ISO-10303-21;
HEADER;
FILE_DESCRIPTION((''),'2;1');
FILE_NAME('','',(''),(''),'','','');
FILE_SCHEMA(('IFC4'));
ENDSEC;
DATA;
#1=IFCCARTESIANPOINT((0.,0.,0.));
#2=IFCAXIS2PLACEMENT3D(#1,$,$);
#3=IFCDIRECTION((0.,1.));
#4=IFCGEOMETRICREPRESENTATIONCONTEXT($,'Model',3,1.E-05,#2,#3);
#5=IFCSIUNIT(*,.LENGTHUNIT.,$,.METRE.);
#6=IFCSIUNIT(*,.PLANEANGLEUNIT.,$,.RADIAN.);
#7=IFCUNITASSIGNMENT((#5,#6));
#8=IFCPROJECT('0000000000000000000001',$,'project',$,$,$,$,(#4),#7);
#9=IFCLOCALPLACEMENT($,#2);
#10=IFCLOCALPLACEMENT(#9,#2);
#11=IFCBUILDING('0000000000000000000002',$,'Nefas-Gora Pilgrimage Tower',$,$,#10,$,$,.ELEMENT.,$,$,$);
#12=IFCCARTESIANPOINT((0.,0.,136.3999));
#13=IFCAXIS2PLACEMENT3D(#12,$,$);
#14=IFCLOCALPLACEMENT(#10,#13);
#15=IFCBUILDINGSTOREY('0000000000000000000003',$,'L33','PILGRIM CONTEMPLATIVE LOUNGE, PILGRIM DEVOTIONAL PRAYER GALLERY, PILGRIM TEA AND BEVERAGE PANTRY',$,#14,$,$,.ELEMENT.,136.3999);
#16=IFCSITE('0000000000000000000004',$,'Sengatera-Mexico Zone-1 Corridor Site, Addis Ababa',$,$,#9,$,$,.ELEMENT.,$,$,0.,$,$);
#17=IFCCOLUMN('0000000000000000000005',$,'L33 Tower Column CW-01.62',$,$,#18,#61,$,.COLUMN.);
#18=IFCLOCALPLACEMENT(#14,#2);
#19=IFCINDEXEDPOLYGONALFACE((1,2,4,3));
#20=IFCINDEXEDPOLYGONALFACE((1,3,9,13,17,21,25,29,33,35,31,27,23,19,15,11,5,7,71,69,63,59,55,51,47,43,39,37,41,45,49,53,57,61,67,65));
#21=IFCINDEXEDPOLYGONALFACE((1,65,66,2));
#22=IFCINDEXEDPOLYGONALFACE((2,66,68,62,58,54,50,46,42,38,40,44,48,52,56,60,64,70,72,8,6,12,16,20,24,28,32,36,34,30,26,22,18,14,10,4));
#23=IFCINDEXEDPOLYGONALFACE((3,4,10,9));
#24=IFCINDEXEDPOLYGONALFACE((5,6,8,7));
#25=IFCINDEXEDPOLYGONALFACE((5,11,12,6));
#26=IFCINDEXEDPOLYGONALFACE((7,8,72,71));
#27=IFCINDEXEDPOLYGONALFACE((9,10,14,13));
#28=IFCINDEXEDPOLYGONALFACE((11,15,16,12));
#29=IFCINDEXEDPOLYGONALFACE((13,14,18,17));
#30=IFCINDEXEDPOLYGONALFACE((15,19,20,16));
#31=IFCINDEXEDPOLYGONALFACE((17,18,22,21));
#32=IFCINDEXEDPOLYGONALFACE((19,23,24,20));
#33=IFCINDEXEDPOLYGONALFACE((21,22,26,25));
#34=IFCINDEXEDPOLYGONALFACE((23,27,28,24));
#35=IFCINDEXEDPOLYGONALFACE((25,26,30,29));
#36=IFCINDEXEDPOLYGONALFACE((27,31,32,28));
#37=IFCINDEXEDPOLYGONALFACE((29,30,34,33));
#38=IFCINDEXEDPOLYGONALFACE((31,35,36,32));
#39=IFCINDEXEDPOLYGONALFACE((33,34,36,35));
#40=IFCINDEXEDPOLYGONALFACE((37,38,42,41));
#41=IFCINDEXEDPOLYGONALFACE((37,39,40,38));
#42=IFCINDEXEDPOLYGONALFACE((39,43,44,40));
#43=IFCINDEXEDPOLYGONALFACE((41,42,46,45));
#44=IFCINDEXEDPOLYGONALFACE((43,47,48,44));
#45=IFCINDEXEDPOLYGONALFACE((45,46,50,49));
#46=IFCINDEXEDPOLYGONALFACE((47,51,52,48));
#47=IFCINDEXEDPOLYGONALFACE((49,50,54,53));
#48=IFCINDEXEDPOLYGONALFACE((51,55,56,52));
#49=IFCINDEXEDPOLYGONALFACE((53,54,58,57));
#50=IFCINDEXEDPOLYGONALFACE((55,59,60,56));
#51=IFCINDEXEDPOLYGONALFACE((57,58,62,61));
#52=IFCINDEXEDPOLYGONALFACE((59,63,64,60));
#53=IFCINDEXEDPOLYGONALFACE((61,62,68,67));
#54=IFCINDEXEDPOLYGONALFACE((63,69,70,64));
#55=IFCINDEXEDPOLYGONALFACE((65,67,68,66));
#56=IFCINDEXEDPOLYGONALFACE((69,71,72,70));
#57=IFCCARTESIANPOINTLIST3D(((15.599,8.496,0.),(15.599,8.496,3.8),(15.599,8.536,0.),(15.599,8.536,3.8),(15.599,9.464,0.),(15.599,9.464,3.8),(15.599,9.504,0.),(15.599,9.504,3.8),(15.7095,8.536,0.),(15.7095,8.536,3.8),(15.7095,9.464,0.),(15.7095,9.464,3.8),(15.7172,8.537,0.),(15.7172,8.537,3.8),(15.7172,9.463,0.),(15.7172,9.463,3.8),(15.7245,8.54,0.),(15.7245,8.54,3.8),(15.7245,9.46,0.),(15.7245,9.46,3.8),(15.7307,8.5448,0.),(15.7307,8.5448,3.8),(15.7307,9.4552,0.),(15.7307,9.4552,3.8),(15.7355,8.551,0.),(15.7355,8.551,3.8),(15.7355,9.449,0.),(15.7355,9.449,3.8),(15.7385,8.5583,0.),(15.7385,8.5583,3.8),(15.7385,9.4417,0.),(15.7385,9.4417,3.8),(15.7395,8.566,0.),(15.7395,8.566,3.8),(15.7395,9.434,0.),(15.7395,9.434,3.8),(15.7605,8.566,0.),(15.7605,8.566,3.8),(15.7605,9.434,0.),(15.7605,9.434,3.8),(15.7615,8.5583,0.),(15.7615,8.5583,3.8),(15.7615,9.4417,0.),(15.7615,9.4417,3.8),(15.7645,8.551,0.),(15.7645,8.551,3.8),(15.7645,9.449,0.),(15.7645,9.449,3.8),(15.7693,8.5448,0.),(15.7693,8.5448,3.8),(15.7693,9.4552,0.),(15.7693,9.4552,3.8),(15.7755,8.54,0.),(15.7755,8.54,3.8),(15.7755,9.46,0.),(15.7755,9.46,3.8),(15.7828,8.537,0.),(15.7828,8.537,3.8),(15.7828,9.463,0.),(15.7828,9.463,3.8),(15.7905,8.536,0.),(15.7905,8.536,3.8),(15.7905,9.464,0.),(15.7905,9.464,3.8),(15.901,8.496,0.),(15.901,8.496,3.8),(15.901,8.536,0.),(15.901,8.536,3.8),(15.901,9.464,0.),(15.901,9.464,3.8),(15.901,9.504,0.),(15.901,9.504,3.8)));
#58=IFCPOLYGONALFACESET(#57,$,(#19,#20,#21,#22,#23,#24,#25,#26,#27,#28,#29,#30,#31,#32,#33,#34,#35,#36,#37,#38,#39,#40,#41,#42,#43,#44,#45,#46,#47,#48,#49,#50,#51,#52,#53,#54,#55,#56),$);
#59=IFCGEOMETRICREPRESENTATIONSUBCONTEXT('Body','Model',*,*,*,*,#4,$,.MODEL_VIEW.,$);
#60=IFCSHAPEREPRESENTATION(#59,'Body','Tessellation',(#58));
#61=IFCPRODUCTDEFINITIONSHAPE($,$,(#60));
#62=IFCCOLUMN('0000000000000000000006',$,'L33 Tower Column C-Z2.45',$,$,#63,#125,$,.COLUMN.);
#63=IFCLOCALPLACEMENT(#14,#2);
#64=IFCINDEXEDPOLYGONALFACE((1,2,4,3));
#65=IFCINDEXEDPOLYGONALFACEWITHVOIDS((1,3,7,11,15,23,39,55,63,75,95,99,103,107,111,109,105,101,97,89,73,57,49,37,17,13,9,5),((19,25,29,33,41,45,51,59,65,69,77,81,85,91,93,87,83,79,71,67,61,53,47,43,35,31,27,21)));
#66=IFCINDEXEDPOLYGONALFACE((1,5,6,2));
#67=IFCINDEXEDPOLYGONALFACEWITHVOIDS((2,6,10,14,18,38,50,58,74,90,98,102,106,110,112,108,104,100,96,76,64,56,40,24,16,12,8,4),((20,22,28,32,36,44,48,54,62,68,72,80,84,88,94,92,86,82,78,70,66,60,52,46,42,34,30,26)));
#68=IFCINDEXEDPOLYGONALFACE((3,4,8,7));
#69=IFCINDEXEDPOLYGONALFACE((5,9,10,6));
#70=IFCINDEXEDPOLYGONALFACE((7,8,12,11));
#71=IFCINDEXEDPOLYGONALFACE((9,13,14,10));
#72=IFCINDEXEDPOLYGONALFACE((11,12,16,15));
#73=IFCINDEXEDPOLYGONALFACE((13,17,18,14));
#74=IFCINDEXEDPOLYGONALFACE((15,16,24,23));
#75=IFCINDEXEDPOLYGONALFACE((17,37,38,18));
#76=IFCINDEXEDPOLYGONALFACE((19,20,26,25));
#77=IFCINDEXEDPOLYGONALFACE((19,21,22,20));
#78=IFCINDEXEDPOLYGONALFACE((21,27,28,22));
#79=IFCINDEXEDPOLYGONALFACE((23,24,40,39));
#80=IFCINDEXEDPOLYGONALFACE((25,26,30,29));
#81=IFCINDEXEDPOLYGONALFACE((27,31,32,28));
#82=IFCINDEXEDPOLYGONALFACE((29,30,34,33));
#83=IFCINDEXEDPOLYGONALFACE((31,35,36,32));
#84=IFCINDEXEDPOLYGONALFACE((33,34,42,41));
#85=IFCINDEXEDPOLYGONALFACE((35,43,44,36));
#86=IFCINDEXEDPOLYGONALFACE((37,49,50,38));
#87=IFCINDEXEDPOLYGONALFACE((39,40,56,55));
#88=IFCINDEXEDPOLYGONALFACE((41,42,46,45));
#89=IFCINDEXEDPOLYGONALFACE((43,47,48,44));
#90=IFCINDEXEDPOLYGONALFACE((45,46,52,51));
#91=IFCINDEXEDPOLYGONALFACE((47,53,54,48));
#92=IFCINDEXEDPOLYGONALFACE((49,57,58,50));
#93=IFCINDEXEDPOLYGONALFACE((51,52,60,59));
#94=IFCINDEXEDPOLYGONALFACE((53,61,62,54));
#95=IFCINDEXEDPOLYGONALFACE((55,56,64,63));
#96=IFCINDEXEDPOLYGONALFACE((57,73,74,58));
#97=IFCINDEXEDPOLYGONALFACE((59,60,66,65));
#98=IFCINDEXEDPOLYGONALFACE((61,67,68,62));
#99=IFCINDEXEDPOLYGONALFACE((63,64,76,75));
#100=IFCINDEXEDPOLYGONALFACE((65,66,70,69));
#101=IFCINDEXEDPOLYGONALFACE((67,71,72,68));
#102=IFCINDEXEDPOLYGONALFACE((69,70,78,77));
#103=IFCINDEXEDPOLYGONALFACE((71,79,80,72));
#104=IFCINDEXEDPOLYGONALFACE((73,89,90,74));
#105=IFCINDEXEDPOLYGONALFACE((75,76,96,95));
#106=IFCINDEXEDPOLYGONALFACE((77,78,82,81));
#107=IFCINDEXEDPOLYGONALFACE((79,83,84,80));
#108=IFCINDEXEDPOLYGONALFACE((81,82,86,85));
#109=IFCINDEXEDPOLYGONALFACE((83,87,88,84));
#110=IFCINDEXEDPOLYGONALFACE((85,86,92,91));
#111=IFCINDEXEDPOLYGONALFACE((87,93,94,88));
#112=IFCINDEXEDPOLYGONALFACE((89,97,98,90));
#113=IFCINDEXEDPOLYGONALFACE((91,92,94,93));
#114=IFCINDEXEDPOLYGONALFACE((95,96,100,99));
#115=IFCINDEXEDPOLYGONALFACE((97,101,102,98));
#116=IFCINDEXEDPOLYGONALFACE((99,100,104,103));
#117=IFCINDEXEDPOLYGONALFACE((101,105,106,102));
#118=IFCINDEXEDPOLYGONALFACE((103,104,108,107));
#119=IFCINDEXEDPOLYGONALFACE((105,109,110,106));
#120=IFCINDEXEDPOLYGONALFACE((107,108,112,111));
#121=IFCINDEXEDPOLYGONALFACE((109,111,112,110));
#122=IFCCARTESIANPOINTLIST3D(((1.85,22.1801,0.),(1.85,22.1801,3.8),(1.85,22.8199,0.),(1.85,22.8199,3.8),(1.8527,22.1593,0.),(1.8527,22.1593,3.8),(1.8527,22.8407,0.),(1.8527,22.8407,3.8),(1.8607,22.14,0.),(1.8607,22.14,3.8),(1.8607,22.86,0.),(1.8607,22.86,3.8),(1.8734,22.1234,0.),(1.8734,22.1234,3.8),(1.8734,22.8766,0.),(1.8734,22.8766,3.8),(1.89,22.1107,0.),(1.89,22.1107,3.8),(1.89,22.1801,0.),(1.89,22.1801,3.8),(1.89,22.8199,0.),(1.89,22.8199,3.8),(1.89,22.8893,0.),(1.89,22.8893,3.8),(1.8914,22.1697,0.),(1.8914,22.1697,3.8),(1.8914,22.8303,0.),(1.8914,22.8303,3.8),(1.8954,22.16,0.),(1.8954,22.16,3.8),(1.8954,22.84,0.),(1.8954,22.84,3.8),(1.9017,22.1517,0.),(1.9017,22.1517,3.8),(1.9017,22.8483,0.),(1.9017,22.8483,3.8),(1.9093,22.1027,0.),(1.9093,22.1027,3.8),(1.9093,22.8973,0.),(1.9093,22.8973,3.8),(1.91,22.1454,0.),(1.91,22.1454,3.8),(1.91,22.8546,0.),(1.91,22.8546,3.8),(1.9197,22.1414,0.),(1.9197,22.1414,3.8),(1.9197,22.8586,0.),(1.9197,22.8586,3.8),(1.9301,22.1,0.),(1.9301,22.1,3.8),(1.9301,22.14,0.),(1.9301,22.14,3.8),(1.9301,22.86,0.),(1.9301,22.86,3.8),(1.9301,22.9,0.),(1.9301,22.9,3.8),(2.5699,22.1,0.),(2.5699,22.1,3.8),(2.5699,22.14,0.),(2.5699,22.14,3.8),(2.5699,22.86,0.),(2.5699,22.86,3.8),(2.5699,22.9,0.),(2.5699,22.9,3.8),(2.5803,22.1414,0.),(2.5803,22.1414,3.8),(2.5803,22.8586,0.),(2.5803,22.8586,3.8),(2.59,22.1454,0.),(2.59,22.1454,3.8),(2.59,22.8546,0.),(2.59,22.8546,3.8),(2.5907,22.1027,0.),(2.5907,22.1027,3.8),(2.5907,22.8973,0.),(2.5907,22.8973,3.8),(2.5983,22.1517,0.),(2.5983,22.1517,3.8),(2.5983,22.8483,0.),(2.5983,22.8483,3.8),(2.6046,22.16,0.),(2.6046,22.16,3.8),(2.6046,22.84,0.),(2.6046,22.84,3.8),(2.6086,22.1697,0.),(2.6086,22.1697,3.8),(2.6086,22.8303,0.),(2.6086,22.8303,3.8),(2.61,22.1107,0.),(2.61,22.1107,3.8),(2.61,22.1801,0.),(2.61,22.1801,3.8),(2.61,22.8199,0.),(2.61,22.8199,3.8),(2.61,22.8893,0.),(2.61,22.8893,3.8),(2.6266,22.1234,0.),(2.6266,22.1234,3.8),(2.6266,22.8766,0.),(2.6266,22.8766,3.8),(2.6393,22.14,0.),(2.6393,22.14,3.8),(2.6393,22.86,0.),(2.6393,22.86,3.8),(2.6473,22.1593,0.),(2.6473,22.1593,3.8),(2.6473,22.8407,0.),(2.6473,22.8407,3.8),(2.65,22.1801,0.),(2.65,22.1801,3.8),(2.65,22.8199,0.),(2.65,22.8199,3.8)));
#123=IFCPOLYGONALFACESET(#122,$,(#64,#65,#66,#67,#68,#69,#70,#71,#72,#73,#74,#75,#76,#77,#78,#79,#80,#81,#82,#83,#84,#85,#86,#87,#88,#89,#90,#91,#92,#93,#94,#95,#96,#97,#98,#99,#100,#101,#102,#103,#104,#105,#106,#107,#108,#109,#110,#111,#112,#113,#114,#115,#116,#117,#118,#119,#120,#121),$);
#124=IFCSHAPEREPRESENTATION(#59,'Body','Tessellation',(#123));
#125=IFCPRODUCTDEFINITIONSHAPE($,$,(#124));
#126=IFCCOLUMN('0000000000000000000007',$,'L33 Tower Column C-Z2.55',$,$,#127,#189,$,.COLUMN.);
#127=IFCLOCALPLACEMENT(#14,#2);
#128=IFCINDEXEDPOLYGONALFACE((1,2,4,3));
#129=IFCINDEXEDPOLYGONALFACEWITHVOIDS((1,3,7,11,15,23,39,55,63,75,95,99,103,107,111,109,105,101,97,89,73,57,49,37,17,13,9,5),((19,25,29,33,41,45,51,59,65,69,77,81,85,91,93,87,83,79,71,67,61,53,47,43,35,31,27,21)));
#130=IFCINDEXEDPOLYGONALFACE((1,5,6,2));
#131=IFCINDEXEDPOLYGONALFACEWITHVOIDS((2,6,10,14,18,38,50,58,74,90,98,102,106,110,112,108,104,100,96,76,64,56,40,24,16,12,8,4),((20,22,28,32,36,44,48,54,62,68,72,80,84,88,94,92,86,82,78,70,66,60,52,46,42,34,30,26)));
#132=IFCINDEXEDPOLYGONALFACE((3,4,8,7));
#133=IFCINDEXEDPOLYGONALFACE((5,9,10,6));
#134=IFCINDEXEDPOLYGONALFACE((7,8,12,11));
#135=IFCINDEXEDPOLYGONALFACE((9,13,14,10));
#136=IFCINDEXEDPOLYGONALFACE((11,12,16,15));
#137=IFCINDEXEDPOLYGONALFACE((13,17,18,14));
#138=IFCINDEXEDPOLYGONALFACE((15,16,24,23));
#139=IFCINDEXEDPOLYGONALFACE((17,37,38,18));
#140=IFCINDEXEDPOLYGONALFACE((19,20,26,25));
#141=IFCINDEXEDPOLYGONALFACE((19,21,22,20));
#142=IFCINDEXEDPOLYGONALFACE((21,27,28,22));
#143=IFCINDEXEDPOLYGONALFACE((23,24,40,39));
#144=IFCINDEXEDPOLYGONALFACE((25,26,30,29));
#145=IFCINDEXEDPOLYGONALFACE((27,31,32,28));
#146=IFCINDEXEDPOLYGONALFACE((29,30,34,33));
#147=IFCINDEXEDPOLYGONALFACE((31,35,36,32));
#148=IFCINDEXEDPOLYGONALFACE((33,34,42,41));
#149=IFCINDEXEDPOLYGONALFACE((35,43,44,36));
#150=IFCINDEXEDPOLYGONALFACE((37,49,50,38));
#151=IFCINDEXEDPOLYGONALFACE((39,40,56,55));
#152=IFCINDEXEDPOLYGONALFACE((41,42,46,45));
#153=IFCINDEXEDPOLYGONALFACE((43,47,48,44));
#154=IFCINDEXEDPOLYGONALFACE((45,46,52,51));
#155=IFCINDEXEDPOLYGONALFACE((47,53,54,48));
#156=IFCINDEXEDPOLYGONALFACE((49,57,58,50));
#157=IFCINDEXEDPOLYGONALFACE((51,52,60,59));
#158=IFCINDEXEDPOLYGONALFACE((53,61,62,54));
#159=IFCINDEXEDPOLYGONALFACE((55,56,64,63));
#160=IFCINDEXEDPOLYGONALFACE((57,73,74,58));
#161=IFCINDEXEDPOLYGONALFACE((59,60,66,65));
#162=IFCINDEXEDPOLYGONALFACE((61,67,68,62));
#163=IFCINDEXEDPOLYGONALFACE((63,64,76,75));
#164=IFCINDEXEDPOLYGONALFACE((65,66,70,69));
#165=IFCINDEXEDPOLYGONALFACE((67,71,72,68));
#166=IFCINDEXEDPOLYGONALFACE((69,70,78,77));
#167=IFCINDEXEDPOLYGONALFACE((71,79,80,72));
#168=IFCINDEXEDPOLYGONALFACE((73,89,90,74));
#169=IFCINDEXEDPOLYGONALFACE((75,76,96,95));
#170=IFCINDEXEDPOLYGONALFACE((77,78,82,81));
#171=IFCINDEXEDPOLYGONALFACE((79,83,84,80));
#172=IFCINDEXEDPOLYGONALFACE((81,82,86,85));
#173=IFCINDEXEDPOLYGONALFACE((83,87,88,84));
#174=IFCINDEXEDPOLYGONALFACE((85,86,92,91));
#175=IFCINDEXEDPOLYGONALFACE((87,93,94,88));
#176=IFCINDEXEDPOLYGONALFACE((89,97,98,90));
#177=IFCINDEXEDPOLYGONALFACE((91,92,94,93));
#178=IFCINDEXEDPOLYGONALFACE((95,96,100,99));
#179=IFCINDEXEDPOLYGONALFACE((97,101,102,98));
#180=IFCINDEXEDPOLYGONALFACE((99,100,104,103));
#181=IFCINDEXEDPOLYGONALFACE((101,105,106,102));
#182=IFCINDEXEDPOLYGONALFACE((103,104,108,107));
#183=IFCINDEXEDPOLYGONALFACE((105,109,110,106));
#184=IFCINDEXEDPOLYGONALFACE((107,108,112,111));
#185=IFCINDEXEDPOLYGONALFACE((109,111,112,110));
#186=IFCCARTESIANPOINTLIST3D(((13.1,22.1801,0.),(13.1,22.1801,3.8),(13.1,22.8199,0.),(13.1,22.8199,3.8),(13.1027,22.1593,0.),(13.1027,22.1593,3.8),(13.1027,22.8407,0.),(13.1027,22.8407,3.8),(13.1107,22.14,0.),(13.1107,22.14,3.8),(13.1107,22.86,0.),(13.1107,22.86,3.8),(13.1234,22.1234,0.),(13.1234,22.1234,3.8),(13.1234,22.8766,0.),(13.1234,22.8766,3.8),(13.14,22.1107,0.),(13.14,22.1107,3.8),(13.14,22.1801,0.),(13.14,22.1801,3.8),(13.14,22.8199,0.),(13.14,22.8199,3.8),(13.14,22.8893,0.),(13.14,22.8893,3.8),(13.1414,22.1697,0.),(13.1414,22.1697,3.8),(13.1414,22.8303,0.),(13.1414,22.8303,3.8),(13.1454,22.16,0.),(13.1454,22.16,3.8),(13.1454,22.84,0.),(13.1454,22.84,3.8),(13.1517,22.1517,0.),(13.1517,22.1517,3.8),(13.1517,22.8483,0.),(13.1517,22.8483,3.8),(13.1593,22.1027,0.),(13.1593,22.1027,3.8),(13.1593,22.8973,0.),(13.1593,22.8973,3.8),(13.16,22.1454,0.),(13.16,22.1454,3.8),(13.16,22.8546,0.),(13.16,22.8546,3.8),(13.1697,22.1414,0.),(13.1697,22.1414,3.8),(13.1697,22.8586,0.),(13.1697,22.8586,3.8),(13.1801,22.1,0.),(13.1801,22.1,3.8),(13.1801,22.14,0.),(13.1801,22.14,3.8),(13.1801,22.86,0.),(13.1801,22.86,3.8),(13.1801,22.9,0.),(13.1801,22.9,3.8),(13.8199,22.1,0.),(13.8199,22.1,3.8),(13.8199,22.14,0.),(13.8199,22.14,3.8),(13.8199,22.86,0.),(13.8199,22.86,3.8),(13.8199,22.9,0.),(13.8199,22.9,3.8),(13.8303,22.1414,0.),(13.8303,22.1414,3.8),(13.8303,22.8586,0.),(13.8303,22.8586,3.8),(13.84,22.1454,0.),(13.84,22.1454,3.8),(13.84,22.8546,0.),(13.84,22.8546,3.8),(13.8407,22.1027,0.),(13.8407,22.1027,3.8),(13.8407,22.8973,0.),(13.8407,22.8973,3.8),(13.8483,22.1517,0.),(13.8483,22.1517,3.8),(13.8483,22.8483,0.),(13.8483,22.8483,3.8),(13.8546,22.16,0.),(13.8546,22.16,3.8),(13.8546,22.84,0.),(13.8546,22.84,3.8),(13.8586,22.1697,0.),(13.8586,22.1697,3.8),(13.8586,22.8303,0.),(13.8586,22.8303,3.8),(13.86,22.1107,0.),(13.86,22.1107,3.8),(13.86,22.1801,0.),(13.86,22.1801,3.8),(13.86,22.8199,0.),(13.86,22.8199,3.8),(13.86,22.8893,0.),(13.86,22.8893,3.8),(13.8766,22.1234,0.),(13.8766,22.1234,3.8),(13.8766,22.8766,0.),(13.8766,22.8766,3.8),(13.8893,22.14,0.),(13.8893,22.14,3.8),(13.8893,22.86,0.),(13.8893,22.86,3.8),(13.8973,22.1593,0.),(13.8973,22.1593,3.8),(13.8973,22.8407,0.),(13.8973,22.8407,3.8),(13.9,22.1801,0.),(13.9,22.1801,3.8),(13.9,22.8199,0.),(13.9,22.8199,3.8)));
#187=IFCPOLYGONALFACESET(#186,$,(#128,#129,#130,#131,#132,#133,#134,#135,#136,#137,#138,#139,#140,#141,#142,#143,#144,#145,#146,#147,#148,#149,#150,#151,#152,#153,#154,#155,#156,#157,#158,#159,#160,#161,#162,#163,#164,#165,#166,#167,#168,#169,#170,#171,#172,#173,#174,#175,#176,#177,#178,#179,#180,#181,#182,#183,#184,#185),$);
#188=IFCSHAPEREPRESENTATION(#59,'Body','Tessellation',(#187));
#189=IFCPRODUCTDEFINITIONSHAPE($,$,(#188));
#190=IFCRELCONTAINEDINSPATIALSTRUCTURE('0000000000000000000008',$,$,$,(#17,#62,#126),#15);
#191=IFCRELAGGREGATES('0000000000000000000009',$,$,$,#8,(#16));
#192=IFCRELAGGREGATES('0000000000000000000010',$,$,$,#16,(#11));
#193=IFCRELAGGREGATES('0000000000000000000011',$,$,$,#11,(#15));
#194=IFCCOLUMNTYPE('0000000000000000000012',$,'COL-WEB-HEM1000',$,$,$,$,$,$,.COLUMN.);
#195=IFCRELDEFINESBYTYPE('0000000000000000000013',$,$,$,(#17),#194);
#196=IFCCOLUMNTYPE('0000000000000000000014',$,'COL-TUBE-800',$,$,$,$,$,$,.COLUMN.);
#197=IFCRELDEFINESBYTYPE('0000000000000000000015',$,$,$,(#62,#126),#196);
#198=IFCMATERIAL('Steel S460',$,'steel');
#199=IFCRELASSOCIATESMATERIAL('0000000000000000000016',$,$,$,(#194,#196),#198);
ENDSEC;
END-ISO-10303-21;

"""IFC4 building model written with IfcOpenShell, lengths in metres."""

from ifc_helpers import new_model, si_unit, direction, frame, origin, origin_2d, place, context, subcontext, project, spatial, hollow_rectangle, i_section, extrude, source, transform, mapped, material, material_profile, profile_set, type_object, element, save


model = new_model("IFC4")

# Units and contexts
model_context = context("Model", 3, precision=1e-05, world=origin(), true_north=direction((0.0, 1.0)))
body_context = subcontext(model_context, "Body", "Model", "MODEL_VIEW")
ifc_project = project(units=[si_unit("LENGTHUNIT", "METRE"), si_unit("PLANEANGLEUNIT", "RADIAN")], contexts=[model_context])

# Site, building, storey
site_placement = place(None, origin())
site = spatial("IfcSite", under=ifc_project, at=site_placement, Name="Sengatera-Mexico Zone-1 Corridor Site, Addis Ababa", CompositionType="ELEMENT", RefElevation=0.0)
building_placement = place(site_placement, origin())
building = spatial("IfcBuilding", under=site, at=building_placement, Name="Nefas-Gora Pilgrimage Tower", CompositionType="ELEMENT")
storey_placement = place(building_placement, frame((0.0, 0.0, 136.3999)))
storey = spatial("IfcBuildingStorey", under=building, at=storey_placement, Name="L33", Description="PILGRIM CONTEMPLATIVE LOUNGE, PILGRIM DEVOTIONAL PRAYER GALLERY, PILGRIM TEA AND BEVERAGE PANTRY", CompositionType="ELEMENT", Elevation=136.3999)

# Columns
ifc_material_1 = material(Name="Steel S460", Category="steel")
ifc_material_profile_1 = material_profile(ifc_material_1, i_section(OverallWidth=0.302, OverallDepth=1.0081, WebThickness=0.021, FlangeThickness=0.04, FilletRadius=0.03, at=origin_2d()), Name="HEM 1000")
ifc_profile_set_1 = profile_set([ifc_material_profile_1], Name="Steel S460")
column_type_1 = type_object("IfcColumnType", Name="COL-WEB-HEM1000", PredefinedType="COLUMN", material=ifc_profile_set_1)
shared_shape_1 = source(origin(), body_context, "Body", "SweptSolid", [
    extrude(i_section(OverallWidth=0.302, OverallDepth=1.0081, WebThickness=0.021, FlangeThickness=0.04, FilletRadius=0.03, at=origin_2d()), origin(), (0.0, 0.0, 1.0), 3.8),
])
for number, where, z_axis, x_axis, name in (
    (1, (15.75, 9.0, 0.0), (0.0, 0.0, 1.0), (1.0, 0.0, 0.0), "L33 Tower Column CW-01.62"),
):
    element("IfcColumn", number, at=place(storey_placement, frame(where, z_axis=z_axis, x_axis=x_axis)), inside=storey, type_object=column_type_1, Name=name, PredefinedType="COLUMN", context=body_context, shape_type="MappedRepresentation", body=[
        mapped(shared_shape_1, transform((0.0, 0.0, 0.0), x_axis=(1.0, 0.0, 0.0), y_axis=(0.0, 1.0, 0.0), z_axis=(0.0, 0.0, 1.0), scale=1.0)),
    ])
ifc_material_profile_2 = material_profile(ifc_material_1, hollow_rectangle(XDim=0.8, YDim=0.8, WallThickness=0.04, InnerFilletRadius=0.04, OuterFilletRadius=0.0801, at=origin_2d()), Name="BOX 800x800x40")
ifc_profile_set_2 = profile_set([ifc_material_profile_2], Name="Steel S460")
column_type_2 = type_object("IfcColumnType", Name="COL-TUBE-800", PredefinedType="COLUMN", material=ifc_profile_set_2)
shared_shape_2 = source(origin(), body_context, "Body", "SweptSolid", [
    extrude(hollow_rectangle(XDim=0.8, YDim=0.8, WallThickness=0.04, InnerFilletRadius=0.04, OuterFilletRadius=0.0801, at=origin_2d()), origin(), (0.0, 0.0, 1.0), 3.8),
])
for number, where, z_axis, x_axis, name in (
    (2, (2.25, 22.5, 0.0), (0.0, 0.0, 1.0), (1.0, 0.0, 0.0), "L33 Tower Column C-Z2.45"),
    (3, (13.5, 22.5, 0.0), (0.0, 0.0, 1.0), (1.0, 0.0, 0.0), "L33 Tower Column C-Z2.55"),
):
    element("IfcColumn", number, at=place(storey_placement, frame(where, z_axis=z_axis, x_axis=x_axis)), inside=storey, type_object=column_type_2, Name=name, PredefinedType="COLUMN", context=body_context, shape_type="MappedRepresentation", body=[
        mapped(shared_shape_2, transform((0.0, 0.0, 0.0), x_axis=(1.0, 0.0, 0.0), y_axis=(0.0, 1.0, 0.0), z_axis=(0.0, 0.0, 1.0), scale=1.0)),
    ])

save(model, "model.ifc")
